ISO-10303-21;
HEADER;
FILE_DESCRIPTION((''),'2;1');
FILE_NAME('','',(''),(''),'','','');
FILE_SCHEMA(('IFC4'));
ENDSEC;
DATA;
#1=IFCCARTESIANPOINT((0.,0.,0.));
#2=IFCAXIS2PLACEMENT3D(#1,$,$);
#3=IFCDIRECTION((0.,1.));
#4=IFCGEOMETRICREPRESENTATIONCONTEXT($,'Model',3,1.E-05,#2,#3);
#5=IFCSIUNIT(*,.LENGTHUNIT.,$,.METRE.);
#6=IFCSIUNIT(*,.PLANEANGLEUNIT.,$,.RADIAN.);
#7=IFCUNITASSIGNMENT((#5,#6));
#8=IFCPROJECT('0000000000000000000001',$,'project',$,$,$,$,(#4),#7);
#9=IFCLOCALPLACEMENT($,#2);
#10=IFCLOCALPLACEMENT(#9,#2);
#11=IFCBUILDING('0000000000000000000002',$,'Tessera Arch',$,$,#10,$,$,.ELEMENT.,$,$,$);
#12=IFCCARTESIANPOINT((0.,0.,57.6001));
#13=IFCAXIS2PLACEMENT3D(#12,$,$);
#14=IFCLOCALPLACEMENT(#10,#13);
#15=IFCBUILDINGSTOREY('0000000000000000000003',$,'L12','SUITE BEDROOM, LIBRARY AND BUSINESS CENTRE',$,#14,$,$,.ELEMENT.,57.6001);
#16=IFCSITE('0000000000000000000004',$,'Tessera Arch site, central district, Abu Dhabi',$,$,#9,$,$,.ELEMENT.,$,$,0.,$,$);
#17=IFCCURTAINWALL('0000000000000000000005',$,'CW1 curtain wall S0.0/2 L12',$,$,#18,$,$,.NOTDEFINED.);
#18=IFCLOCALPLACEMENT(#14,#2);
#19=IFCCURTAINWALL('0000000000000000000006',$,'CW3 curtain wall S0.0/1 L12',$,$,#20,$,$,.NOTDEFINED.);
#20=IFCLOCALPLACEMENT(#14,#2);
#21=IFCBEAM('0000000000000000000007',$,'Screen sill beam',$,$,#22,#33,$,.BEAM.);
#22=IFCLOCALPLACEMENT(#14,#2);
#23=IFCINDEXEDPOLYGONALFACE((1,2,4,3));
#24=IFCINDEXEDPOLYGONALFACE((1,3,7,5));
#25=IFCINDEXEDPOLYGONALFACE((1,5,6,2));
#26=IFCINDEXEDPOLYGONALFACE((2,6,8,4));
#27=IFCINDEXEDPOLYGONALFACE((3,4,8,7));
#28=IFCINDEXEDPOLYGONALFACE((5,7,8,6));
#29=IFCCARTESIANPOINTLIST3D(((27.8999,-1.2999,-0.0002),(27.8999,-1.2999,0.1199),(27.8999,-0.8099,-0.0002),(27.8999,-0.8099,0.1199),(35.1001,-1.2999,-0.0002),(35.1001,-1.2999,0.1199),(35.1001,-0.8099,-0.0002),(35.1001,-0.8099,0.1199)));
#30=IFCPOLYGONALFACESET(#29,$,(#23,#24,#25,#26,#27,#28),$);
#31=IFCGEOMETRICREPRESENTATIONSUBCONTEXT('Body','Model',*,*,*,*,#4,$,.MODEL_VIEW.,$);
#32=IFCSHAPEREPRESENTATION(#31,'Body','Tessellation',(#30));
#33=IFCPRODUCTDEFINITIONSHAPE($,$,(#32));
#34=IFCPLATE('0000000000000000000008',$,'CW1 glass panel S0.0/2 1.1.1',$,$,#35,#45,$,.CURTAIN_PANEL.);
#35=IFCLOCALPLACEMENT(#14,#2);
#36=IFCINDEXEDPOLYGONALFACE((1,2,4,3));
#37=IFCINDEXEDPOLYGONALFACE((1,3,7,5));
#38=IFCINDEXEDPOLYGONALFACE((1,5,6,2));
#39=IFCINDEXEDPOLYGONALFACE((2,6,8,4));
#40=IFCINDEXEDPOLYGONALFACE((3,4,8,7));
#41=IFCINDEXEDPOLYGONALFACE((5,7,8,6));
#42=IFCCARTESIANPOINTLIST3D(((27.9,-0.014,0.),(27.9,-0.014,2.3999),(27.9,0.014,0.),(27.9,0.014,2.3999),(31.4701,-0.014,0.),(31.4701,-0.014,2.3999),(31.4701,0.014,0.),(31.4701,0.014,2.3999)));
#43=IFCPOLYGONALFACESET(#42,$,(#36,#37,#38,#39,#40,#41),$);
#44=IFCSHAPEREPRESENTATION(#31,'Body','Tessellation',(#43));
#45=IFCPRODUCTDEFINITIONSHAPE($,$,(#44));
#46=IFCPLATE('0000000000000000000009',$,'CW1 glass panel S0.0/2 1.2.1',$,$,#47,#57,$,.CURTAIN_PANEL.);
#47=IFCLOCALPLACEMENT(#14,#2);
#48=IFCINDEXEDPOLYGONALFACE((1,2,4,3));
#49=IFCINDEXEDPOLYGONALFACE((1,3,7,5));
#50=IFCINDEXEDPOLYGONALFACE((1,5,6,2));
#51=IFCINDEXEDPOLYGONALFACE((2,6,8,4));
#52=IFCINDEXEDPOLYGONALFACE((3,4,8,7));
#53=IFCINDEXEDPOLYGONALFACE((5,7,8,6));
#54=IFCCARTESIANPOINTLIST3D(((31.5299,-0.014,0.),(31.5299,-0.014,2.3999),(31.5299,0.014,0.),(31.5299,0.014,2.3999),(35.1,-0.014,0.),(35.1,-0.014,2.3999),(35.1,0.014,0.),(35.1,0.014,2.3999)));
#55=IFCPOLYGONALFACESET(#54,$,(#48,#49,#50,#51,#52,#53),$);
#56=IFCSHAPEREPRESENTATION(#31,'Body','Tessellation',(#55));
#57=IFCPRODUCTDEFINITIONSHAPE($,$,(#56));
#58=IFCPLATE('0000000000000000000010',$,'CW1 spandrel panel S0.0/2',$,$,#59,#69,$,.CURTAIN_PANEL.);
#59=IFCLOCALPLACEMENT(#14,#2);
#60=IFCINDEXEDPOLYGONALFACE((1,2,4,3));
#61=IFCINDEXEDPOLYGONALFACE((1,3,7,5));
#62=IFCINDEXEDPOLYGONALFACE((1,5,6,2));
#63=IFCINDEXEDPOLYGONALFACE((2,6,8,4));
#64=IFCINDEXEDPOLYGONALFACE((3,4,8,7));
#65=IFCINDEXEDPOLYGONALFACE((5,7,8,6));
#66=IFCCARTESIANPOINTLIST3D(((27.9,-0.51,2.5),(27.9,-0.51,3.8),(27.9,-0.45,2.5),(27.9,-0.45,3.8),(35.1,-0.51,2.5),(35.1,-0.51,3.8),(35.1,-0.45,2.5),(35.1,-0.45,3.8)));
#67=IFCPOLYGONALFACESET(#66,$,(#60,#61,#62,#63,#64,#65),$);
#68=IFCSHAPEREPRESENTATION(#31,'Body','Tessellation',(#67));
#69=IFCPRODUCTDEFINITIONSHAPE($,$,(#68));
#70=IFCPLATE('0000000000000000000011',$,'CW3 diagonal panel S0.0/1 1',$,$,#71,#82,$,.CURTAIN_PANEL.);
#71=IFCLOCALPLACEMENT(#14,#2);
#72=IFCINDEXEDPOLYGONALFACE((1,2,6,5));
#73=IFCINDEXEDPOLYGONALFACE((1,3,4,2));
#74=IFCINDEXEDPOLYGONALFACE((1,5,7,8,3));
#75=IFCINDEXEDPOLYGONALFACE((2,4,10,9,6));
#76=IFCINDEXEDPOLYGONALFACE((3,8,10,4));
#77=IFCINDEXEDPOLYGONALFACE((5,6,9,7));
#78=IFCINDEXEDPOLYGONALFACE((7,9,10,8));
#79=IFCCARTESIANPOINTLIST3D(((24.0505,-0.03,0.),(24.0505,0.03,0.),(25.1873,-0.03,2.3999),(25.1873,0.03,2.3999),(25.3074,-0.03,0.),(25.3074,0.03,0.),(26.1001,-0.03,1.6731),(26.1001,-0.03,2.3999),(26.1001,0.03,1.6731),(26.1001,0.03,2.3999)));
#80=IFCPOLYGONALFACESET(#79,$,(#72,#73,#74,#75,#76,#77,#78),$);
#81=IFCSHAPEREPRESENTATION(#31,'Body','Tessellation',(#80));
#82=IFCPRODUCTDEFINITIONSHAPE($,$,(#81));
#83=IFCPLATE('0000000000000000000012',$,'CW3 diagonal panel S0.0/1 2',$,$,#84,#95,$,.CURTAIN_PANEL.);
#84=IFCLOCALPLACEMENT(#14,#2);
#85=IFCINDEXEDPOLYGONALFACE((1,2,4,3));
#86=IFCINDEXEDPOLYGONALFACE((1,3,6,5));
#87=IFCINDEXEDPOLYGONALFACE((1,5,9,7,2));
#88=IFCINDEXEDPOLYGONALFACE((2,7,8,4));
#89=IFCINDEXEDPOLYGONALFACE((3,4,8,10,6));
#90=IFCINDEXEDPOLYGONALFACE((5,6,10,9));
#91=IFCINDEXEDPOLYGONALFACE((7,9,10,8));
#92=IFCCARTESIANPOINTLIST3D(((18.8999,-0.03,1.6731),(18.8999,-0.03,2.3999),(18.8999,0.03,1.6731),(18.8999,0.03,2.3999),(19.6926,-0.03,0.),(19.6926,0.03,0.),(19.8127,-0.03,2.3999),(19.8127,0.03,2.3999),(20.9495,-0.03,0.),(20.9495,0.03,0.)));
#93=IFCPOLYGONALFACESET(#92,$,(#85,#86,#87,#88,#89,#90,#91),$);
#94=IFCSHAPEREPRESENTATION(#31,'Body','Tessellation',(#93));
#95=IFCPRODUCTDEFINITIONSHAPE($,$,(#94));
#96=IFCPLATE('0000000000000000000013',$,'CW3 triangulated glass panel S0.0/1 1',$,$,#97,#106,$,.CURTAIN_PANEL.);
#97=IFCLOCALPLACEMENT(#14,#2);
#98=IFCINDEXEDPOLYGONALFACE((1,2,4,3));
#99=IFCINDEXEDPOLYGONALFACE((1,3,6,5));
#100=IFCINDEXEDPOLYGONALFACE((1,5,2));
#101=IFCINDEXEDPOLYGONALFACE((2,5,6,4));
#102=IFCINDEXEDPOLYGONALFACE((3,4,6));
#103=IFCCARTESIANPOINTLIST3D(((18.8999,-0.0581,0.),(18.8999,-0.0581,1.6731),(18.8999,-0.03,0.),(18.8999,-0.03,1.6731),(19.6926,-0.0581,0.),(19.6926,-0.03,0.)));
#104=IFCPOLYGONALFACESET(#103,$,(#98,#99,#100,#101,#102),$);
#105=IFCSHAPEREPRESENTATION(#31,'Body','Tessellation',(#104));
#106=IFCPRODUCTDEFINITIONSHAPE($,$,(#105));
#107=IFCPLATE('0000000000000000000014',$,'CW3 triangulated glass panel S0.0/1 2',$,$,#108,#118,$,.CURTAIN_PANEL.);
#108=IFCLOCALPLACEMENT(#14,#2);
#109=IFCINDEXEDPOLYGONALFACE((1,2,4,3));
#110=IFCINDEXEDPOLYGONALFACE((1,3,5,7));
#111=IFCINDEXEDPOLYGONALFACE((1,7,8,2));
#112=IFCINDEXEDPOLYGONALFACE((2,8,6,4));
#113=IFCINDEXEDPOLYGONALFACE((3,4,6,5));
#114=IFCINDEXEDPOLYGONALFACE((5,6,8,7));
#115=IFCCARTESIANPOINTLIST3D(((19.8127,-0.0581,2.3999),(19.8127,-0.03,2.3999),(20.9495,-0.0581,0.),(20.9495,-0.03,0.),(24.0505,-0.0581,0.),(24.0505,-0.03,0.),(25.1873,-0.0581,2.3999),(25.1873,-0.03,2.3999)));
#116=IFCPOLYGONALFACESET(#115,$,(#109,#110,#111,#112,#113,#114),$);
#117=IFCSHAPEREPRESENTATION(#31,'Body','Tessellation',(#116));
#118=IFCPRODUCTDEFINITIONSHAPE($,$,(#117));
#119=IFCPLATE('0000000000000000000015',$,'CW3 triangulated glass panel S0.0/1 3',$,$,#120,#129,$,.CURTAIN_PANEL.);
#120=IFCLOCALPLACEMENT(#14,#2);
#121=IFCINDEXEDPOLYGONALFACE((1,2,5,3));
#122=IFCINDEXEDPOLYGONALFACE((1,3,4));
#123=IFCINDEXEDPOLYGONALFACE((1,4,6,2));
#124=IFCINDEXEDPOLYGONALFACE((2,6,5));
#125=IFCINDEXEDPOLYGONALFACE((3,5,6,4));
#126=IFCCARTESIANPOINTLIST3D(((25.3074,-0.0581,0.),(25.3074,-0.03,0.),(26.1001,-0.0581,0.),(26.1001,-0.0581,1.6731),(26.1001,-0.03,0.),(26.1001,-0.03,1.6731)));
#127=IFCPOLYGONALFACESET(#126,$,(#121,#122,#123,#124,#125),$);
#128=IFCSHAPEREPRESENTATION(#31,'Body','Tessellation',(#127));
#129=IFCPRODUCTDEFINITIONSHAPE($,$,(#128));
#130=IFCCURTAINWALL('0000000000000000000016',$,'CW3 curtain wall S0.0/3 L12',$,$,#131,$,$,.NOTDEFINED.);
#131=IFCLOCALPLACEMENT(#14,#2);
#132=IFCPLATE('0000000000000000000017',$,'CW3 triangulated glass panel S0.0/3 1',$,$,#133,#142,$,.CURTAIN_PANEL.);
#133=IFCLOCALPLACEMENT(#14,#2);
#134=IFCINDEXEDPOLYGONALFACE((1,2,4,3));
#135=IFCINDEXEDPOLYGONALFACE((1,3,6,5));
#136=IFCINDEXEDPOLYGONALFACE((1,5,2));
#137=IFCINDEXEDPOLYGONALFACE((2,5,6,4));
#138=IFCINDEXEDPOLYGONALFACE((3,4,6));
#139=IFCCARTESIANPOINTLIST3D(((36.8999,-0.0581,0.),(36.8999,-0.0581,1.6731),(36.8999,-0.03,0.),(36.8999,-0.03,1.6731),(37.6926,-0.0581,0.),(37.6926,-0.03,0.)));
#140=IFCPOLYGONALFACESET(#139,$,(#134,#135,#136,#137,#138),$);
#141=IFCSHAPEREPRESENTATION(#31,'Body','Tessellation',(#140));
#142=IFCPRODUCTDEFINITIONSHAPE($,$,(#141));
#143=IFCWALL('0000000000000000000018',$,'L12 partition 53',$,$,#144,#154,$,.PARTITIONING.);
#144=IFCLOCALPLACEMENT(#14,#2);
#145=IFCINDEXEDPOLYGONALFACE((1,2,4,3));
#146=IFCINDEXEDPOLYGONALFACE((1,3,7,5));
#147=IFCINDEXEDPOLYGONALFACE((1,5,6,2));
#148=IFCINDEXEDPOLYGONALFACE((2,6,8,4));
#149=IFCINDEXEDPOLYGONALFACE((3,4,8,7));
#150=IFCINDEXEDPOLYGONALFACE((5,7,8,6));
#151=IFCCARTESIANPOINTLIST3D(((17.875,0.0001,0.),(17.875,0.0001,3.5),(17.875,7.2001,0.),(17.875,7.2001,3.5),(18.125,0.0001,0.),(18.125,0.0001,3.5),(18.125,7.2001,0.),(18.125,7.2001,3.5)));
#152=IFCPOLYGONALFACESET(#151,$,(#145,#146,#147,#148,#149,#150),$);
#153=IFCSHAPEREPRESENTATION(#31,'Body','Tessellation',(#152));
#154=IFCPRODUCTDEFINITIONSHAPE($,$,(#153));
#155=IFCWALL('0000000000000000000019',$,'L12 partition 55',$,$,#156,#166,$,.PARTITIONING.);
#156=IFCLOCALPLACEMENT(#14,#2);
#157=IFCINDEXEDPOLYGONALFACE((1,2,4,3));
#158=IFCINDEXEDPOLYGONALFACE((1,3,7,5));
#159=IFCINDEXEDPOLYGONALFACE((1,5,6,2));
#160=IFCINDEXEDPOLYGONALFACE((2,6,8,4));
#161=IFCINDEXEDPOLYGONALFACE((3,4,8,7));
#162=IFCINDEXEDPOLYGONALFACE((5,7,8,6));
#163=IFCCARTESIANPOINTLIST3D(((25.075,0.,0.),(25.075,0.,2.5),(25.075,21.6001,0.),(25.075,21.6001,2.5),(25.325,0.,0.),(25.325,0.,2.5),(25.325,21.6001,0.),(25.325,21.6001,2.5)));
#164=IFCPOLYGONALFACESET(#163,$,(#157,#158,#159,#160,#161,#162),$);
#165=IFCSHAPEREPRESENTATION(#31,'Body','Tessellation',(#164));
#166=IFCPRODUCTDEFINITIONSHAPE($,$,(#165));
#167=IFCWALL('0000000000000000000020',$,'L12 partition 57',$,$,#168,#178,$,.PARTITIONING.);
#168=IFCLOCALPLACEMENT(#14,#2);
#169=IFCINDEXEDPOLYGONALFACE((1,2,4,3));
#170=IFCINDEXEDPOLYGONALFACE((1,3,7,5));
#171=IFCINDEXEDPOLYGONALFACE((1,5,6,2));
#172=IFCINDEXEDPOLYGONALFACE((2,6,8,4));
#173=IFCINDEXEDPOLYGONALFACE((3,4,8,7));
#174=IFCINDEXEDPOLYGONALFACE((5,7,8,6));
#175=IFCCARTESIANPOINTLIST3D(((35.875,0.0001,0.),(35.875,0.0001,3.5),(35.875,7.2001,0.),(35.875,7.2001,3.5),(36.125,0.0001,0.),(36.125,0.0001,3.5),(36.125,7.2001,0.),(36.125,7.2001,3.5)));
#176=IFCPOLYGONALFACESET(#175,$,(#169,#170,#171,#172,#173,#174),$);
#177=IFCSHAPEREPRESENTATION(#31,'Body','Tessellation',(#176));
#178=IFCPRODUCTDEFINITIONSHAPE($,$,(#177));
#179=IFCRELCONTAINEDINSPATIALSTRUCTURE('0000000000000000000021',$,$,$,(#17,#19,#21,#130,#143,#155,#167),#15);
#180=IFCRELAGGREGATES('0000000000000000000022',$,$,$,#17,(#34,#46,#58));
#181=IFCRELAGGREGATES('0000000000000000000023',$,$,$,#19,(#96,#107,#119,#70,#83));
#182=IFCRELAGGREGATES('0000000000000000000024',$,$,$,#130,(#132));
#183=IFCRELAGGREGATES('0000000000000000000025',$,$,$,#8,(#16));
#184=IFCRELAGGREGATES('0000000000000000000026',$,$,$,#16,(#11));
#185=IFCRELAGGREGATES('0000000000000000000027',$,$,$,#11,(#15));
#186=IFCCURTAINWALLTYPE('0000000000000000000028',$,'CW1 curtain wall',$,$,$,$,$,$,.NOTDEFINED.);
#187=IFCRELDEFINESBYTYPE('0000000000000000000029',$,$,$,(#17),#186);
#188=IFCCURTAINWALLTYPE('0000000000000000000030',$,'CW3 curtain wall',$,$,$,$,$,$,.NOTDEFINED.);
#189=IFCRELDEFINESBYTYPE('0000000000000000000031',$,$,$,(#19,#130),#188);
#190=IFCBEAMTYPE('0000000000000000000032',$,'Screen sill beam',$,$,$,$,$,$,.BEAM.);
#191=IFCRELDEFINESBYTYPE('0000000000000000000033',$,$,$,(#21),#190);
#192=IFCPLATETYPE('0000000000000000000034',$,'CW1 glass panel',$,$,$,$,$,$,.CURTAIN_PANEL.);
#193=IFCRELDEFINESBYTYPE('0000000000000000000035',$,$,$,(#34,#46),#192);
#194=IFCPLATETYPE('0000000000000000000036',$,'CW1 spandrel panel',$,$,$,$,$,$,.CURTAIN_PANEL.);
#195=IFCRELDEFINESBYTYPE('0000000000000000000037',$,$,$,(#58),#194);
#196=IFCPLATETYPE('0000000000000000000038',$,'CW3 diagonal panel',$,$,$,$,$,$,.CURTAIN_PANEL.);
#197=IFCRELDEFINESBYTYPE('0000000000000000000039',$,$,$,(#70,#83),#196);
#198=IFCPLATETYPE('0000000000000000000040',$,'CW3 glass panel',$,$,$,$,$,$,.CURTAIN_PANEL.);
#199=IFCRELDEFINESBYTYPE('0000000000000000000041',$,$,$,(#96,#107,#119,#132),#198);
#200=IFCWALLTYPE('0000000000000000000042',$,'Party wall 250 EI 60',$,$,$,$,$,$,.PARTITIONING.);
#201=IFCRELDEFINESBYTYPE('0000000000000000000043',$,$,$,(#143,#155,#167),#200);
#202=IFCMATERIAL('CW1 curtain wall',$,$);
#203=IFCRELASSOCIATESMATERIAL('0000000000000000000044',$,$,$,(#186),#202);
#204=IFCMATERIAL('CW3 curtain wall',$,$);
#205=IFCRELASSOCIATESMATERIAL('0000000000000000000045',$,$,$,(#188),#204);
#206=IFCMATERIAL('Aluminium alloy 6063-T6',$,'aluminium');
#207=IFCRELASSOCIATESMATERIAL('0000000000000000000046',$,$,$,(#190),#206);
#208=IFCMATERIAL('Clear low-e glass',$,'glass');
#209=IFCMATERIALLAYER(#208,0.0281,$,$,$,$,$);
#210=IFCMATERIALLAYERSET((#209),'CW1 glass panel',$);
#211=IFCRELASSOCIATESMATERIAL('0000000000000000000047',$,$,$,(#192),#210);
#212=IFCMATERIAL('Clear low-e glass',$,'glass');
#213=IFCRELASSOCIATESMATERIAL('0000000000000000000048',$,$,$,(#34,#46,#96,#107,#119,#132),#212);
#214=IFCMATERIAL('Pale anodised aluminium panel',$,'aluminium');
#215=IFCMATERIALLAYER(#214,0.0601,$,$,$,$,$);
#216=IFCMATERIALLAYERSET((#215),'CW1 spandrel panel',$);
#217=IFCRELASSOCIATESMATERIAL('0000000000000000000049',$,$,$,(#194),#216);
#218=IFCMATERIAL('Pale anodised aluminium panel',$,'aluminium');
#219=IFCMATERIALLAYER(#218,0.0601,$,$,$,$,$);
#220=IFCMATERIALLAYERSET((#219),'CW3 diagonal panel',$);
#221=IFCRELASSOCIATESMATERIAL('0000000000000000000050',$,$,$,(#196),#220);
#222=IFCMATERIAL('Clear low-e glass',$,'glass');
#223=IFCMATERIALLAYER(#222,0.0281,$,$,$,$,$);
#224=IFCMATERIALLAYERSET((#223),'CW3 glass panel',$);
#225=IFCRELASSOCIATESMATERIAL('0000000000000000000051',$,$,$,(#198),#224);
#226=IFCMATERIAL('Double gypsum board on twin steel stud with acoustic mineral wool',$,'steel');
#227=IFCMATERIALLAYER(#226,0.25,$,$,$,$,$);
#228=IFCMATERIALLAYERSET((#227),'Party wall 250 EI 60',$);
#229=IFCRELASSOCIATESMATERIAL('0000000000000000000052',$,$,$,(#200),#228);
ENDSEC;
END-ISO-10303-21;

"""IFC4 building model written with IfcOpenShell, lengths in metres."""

from ifc_helpers import new_model, si_unit, direction, frame, frame_2d, origin, origin_2d, place, context, subcontext, project, spatial, polyline, rectangle, outline, extrude, material, layer, layer_set, material_profile, profile_set, type_object, element, aggregate, save


model = new_model("IFC4")

# Units and contexts
model_context = context("Model", 3, precision=1e-05, world=origin(), true_north=direction((0.0, 1.0)))
body_context = subcontext(model_context, "Body", "Model", "MODEL_VIEW")
ifc_project = project(units=[si_unit("LENGTHUNIT", "METRE"), si_unit("PLANEANGLEUNIT", "RADIAN")], contexts=[model_context])

# Site, building, storey
site_placement = place(None, origin())
site = spatial("IfcSite", under=ifc_project, at=site_placement, Name="Tessera Arch site, central district, Abu Dhabi", CompositionType="ELEMENT", RefElevation=0.0)
building_placement = place(site_placement, origin())
building = spatial("IfcBuilding", under=site, at=building_placement, Name="Tessera Arch", CompositionType="ELEMENT")
storey_placement = place(building_placement, frame((0.0, 0.0, 57.6001)))
storey = spatial("IfcBuildingStorey", under=building, at=storey_placement, Name="L12", Description="SUITE BEDROOM, LIBRARY AND BUSINESS CENTRE", CompositionType="ELEMENT", Elevation=57.6001)

# Curtain wall
ifc_material_1 = material(Name="CW1 curtain wall")
curtain_wall_type_1 = type_object("IfcCurtainWallType", Name="CW1 curtain wall", PredefinedType="NOTDEFINED", material=ifc_material_1)
curtain_wall_1_placement = place(storey_placement, origin())
curtain_wall_1 = element("IfcCurtainWall", 1, at=curtain_wall_1_placement, inside=storey, type_object=curtain_wall_type_1, Name="CW1 curtain wall S0.0/2 L12", PredefinedType="NOTDEFINED")

# Curtain wall
ifc_material_2 = material(Name="CW3 curtain wall")
curtain_wall_type_2 = type_object("IfcCurtainWallType", Name="CW3 curtain wall", PredefinedType="NOTDEFINED", material=ifc_material_2)
curtain_wall_2_placement = place(storey_placement, origin())
curtain_wall_2 = element("IfcCurtainWall", 2, at=curtain_wall_2_placement, inside=storey, type_object=curtain_wall_type_2, Name="CW3 curtain wall S0.0/1 L12", PredefinedType="NOTDEFINED")

# Beam
ifc_material_3 = material(Name="Aluminium alloy 6063-T6", Category="aluminium")
ifc_material_profile_1 = material_profile(ifc_material_3, rectangle(XDim=0.49, YDim=0.1201, at=origin_2d()), Name="AL 490x120")
ifc_profile_set_1 = profile_set([ifc_material_profile_1], Name="Aluminium alloy 6063-T6")
beam_type_1 = type_object("IfcBeamType", Name="Screen sill beam", PredefinedType="BEAM", material=ifc_profile_set_1)
beam_placement = place(storey_placement, frame((27.8999, -1.0549, 0.0598), z_axis=(1.0, 0.0, 0.0), x_axis=(0.0, 1.0, 0.0)))
element("IfcBeam", 3, at=beam_placement, inside=storey, type_object=beam_type_1, Name="Screen sill beam", PredefinedType="BEAM", context=body_context, shape_type="SweptSolid", body=[
    extrude(rectangle(XDim=0.49, YDim=0.1201, at=origin_2d()), origin(), (0.0, 0.0, 1.0), 7.2002),
])

# Plates
ifc_material_4 = material(Name="Clear low-e glass", Category="glass")
ifc_material_5 = material(Name="Clear low-e glass", Category="glass")
ifc_layer_1 = layer(ifc_material_5, 0.0281)
ifc_layer_set_1 = layer_set([ifc_layer_1], Name="CW1 glass panel")
plate_type_1 = type_object("IfcPlateType", Name="CW1 glass panel", PredefinedType="CURTAIN_PANEL", material=ifc_layer_set_1)
plate_1_placement = place(storey_placement, frame((29.6851, 0.0, 0.0), z_axis=(0.0, 0.0, 1.0), x_axis=(1.0, 0.0, 0.0)))
plate_1 = element("IfcPlate", 4, at=plate_1_placement, type_object=plate_type_1, material=ifc_material_4, Name="CW1 glass panel S0.0/2 1.1.1", PredefinedType="CURTAIN_PANEL", context=body_context, shape_type="SweptSolid", body=[
    extrude(rectangle(XDim=3.5701, YDim=0.0281, at=origin_2d()), origin(), (0.0, 0.0, 1.0), 2.3999),
])
plate_2_placement = place(storey_placement, frame((33.3149, 0.0, 0.0), z_axis=(0.0, 0.0, 1.0), x_axis=(1.0, 0.0, 0.0)))
plate_2 = element("IfcPlate", 5, at=plate_2_placement, type_object=plate_type_1, material=ifc_material_4, Name="CW1 glass panel S0.0/2 1.2.1", PredefinedType="CURTAIN_PANEL", context=body_context, shape_type="SweptSolid", body=[
    extrude(rectangle(XDim=3.5701, YDim=0.0281, at=origin_2d()), origin(), (0.0, 0.0, 1.0), 2.3999),
])
ifc_material_6 = material(Name="Pale anodised aluminium panel", Category="aluminium")
ifc_layer_2 = layer(ifc_material_6, 0.0601)
ifc_layer_set_2 = layer_set([ifc_layer_2], Name="CW1 spandrel panel")
plate_type_2 = type_object("IfcPlateType", Name="CW1 spandrel panel", PredefinedType="CURTAIN_PANEL", material=ifc_layer_set_2)
plate_3_placement = place(storey_placement, frame((31.5, -0.48, 2.5), z_axis=(0.0, 0.0, 1.0), x_axis=(1.0, 0.0, 0.0)))
plate_3 = element("IfcPlate", 6, at=plate_3_placement, type_object=plate_type_2, Name="CW1 spandrel panel S0.0/2", PredefinedType="CURTAIN_PANEL", context=body_context, shape_type="SweptSolid", body=[
    extrude(rectangle(XDim=7.2, YDim=0.0601, at=origin_2d()), origin(), (0.0, 0.0, 1.0), 1.3),
])
aggregate(curtain_wall_1, [plate_1, plate_2, plate_3])
ifc_material_7 = material(Name="Pale anodised aluminium panel", Category="aluminium")
ifc_layer_3 = layer(ifc_material_7, 0.0601)
ifc_layer_set_3 = layer_set([ifc_layer_3], Name="CW3 diagonal panel")
plate_type_3 = type_object("IfcPlateType", Name="CW3 diagonal panel", PredefinedType="CURTAIN_PANEL", material=ifc_layer_set_3)
plate_4_placement = place(storey_placement, frame((26.1001, -0.03, 2.3999), z_axis=(0.0, -1.0, 0.0), x_axis=(-1.0, 0.0, 0.0)))
plate_4 = element("IfcPlate", 7, at=plate_4_placement, type_object=plate_type_3, Name="CW3 diagonal panel S0.0/1 1", PredefinedType="CURTAIN_PANEL", context=body_context, shape_type="SweptSolid", body=[
    extrude(outline(polyline([(0.0, 0.0), (0.9128, 0.0), (2.0496, 2.3999), (0.7927, 2.3999), (0.0, 0.7268), (0.0, 0.0)])), origin(), (0.0, 0.0, -1.0), 0.0601),
])
plate_5_placement = place(storey_placement, frame((18.8999, -0.03, 2.3999), z_axis=(0.0, -1.0, 0.0), x_axis=(0.0, 0.0, -1.0)))
plate_5 = element("IfcPlate", 8, at=plate_5_placement, type_object=plate_type_3, Name="CW3 diagonal panel S0.0/1 2", PredefinedType="CURTAIN_PANEL", context=body_context, shape_type="SweptSolid", body=[
    extrude(outline(polyline([(0.0, 0.0), (0.7268, 0.0), (2.3999, 0.7927), (2.3999, 2.0496), (0.0, 0.9128), (0.0, 0.0)])), origin(), (0.0, 0.0, -1.0), 0.0601),
])
ifc_material_8 = material(Name="Clear low-e glass", Category="glass")
ifc_layer_4 = layer(ifc_material_8, 0.0281)
ifc_layer_set_4 = layer_set([ifc_layer_4], Name="CW3 glass panel")
plate_type_4 = type_object("IfcPlateType", Name="CW3 glass panel", PredefinedType="CURTAIN_PANEL", material=ifc_layer_set_4)
plate_6_placement = place(storey_placement, frame((18.8999, -0.0581, 0.0), z_axis=(0.0, -1.0, 0.0), x_axis=(1.0, 0.0, 0.0)))
plate_6 = element("IfcPlate", 9, at=plate_6_placement, type_object=plate_type_4, material=ifc_material_4, Name="CW3 triangulated glass panel S0.0/1 1", PredefinedType="CURTAIN_PANEL", context=body_context, shape_type="SweptSolid", body=[
    extrude(outline(polyline([(0.0, 0.0), (0.7927, 0.0), (0.0, 1.6731), (0.0, 0.0)])), origin(), (0.0, 0.0, -1.0), 0.0281),
])
plate_7_placement = place(storey_placement, frame((25.1873, -0.0581, 2.3999), z_axis=(0.0, -1.0, 0.0), x_axis=(-1.0, 0.0, 0.0)))
plate_7 = element("IfcPlate", 10, at=plate_7_placement, type_object=plate_type_4, material=ifc_material_4, Name="CW3 triangulated glass panel S0.0/1 2", PredefinedType="CURTAIN_PANEL", context=body_context, shape_type="SweptSolid", body=[
    extrude(outline(polyline([(0.0, 0.0), (5.3745, 0.0), (4.2378, 2.3999), (1.1367, 2.3999), (0.0, 0.0)])), origin(), (0.0, 0.0, -1.0), 0.0281),
])
plate_8_placement = place(storey_placement, frame((26.1001, -0.0581, 0.0), z_axis=(0.0, -1.0, 0.0), x_axis=(0.0, 0.0, 1.0)))
plate_8 = element("IfcPlate", 11, at=plate_8_placement, type_object=plate_type_4, material=ifc_material_4, Name="CW3 triangulated glass panel S0.0/1 3", PredefinedType="CURTAIN_PANEL", context=body_context, shape_type="SweptSolid", body=[
    extrude(outline(polyline([(0.0, 0.0), (1.6731, 0.0), (0.0, 0.7927), (0.0, 0.0)])), origin(), (0.0, 0.0, -1.0), 0.0281),
])
aggregate(curtain_wall_2, [plate_6, plate_7, plate_8, plate_4, plate_5])

# Curtain wall, plate
curtain_wall_3_placement = place(storey_placement, origin())
curtain_wall_3 = element("IfcCurtainWall", 12, at=curtain_wall_3_placement, inside=storey, type_object=curtain_wall_type_2, Name="CW3 curtain wall S0.0/3 L12", PredefinedType="NOTDEFINED")
plate_9_placement = place(storey_placement, frame((36.8999, -0.0581, 0.0), z_axis=(0.0, -1.0, 0.0), x_axis=(1.0, 0.0, 0.0)))
plate_9 = element("IfcPlate", 13, at=plate_9_placement, type_object=plate_type_4, material=ifc_material_4, Name="CW3 triangulated glass panel S0.0/3 1", PredefinedType="CURTAIN_PANEL", context=body_context, shape_type="SweptSolid", body=[
    extrude(outline(polyline([(0.0, 0.0), (0.7927, 0.0), (0.0, 1.6731), (0.0, 0.0)])), origin(), (0.0, 0.0, -1.0), 0.0281),
])
aggregate(curtain_wall_3, [plate_9])

# Walls
ifc_material_9 = material(Name="Double gypsum board on twin steel stud with acoustic mineral wool", Category="steel")
ifc_layer_5 = layer(ifc_material_9, 0.25)
ifc_layer_set_5 = layer_set([ifc_layer_5], Name="Party wall 250 EI 60")
wall_type = type_object("IfcWallType", Name="Party wall 250 EI 60", PredefinedType="PARTITIONING", material=ifc_layer_set_5)
wall_1_placement = place(storey_placement, frame((18.0, 0.0, 0.0), z_axis=(0.0, 0.0, 1.0), x_axis=(0.0, 1.0, 0.0)))
element("IfcWall", 14, at=wall_1_placement, inside=storey, type_object=wall_type, Name="L12 partition 53", PredefinedType="PARTITIONING", context=body_context, shape_type="SweptSolid", body=[
    extrude(rectangle(XDim=7.2, YDim=0.25, at=frame_2d((3.6001, 0.0))), origin(), (0.0, 0.0, 1.0), 3.5),
])
wall_2_placement = place(storey_placement, frame((25.2, 0.0, 0.0), z_axis=(0.0, 0.0, 1.0), x_axis=(0.0, 1.0, 0.0)))
element("IfcWall", 15, at=wall_2_placement, inside=storey, type_object=wall_type, Name="L12 partition 55", PredefinedType="PARTITIONING", context=body_context, shape_type="SweptSolid", body=[
    extrude(rectangle(XDim=21.6001, YDim=0.25, at=frame_2d((10.8, 0.0))), origin(), (0.0, 0.0, 1.0), 2.5),
])
wall_3_placement = place(storey_placement, frame((36.0, 0.0, 0.0), z_axis=(0.0, 0.0, 1.0), x_axis=(0.0, 1.0, 0.0)))
element("IfcWall", 16, at=wall_3_placement, inside=storey, type_object=wall_type, Name="L12 partition 57", PredefinedType="PARTITIONING", context=body_context, shape_type="SweptSolid", body=[
    extrude(rectangle(XDim=7.2, YDim=0.25, at=frame_2d((3.6001, 0.0))), origin(), (0.0, 0.0, 1.0), 3.5),
])

save(model, "model.ifc")
